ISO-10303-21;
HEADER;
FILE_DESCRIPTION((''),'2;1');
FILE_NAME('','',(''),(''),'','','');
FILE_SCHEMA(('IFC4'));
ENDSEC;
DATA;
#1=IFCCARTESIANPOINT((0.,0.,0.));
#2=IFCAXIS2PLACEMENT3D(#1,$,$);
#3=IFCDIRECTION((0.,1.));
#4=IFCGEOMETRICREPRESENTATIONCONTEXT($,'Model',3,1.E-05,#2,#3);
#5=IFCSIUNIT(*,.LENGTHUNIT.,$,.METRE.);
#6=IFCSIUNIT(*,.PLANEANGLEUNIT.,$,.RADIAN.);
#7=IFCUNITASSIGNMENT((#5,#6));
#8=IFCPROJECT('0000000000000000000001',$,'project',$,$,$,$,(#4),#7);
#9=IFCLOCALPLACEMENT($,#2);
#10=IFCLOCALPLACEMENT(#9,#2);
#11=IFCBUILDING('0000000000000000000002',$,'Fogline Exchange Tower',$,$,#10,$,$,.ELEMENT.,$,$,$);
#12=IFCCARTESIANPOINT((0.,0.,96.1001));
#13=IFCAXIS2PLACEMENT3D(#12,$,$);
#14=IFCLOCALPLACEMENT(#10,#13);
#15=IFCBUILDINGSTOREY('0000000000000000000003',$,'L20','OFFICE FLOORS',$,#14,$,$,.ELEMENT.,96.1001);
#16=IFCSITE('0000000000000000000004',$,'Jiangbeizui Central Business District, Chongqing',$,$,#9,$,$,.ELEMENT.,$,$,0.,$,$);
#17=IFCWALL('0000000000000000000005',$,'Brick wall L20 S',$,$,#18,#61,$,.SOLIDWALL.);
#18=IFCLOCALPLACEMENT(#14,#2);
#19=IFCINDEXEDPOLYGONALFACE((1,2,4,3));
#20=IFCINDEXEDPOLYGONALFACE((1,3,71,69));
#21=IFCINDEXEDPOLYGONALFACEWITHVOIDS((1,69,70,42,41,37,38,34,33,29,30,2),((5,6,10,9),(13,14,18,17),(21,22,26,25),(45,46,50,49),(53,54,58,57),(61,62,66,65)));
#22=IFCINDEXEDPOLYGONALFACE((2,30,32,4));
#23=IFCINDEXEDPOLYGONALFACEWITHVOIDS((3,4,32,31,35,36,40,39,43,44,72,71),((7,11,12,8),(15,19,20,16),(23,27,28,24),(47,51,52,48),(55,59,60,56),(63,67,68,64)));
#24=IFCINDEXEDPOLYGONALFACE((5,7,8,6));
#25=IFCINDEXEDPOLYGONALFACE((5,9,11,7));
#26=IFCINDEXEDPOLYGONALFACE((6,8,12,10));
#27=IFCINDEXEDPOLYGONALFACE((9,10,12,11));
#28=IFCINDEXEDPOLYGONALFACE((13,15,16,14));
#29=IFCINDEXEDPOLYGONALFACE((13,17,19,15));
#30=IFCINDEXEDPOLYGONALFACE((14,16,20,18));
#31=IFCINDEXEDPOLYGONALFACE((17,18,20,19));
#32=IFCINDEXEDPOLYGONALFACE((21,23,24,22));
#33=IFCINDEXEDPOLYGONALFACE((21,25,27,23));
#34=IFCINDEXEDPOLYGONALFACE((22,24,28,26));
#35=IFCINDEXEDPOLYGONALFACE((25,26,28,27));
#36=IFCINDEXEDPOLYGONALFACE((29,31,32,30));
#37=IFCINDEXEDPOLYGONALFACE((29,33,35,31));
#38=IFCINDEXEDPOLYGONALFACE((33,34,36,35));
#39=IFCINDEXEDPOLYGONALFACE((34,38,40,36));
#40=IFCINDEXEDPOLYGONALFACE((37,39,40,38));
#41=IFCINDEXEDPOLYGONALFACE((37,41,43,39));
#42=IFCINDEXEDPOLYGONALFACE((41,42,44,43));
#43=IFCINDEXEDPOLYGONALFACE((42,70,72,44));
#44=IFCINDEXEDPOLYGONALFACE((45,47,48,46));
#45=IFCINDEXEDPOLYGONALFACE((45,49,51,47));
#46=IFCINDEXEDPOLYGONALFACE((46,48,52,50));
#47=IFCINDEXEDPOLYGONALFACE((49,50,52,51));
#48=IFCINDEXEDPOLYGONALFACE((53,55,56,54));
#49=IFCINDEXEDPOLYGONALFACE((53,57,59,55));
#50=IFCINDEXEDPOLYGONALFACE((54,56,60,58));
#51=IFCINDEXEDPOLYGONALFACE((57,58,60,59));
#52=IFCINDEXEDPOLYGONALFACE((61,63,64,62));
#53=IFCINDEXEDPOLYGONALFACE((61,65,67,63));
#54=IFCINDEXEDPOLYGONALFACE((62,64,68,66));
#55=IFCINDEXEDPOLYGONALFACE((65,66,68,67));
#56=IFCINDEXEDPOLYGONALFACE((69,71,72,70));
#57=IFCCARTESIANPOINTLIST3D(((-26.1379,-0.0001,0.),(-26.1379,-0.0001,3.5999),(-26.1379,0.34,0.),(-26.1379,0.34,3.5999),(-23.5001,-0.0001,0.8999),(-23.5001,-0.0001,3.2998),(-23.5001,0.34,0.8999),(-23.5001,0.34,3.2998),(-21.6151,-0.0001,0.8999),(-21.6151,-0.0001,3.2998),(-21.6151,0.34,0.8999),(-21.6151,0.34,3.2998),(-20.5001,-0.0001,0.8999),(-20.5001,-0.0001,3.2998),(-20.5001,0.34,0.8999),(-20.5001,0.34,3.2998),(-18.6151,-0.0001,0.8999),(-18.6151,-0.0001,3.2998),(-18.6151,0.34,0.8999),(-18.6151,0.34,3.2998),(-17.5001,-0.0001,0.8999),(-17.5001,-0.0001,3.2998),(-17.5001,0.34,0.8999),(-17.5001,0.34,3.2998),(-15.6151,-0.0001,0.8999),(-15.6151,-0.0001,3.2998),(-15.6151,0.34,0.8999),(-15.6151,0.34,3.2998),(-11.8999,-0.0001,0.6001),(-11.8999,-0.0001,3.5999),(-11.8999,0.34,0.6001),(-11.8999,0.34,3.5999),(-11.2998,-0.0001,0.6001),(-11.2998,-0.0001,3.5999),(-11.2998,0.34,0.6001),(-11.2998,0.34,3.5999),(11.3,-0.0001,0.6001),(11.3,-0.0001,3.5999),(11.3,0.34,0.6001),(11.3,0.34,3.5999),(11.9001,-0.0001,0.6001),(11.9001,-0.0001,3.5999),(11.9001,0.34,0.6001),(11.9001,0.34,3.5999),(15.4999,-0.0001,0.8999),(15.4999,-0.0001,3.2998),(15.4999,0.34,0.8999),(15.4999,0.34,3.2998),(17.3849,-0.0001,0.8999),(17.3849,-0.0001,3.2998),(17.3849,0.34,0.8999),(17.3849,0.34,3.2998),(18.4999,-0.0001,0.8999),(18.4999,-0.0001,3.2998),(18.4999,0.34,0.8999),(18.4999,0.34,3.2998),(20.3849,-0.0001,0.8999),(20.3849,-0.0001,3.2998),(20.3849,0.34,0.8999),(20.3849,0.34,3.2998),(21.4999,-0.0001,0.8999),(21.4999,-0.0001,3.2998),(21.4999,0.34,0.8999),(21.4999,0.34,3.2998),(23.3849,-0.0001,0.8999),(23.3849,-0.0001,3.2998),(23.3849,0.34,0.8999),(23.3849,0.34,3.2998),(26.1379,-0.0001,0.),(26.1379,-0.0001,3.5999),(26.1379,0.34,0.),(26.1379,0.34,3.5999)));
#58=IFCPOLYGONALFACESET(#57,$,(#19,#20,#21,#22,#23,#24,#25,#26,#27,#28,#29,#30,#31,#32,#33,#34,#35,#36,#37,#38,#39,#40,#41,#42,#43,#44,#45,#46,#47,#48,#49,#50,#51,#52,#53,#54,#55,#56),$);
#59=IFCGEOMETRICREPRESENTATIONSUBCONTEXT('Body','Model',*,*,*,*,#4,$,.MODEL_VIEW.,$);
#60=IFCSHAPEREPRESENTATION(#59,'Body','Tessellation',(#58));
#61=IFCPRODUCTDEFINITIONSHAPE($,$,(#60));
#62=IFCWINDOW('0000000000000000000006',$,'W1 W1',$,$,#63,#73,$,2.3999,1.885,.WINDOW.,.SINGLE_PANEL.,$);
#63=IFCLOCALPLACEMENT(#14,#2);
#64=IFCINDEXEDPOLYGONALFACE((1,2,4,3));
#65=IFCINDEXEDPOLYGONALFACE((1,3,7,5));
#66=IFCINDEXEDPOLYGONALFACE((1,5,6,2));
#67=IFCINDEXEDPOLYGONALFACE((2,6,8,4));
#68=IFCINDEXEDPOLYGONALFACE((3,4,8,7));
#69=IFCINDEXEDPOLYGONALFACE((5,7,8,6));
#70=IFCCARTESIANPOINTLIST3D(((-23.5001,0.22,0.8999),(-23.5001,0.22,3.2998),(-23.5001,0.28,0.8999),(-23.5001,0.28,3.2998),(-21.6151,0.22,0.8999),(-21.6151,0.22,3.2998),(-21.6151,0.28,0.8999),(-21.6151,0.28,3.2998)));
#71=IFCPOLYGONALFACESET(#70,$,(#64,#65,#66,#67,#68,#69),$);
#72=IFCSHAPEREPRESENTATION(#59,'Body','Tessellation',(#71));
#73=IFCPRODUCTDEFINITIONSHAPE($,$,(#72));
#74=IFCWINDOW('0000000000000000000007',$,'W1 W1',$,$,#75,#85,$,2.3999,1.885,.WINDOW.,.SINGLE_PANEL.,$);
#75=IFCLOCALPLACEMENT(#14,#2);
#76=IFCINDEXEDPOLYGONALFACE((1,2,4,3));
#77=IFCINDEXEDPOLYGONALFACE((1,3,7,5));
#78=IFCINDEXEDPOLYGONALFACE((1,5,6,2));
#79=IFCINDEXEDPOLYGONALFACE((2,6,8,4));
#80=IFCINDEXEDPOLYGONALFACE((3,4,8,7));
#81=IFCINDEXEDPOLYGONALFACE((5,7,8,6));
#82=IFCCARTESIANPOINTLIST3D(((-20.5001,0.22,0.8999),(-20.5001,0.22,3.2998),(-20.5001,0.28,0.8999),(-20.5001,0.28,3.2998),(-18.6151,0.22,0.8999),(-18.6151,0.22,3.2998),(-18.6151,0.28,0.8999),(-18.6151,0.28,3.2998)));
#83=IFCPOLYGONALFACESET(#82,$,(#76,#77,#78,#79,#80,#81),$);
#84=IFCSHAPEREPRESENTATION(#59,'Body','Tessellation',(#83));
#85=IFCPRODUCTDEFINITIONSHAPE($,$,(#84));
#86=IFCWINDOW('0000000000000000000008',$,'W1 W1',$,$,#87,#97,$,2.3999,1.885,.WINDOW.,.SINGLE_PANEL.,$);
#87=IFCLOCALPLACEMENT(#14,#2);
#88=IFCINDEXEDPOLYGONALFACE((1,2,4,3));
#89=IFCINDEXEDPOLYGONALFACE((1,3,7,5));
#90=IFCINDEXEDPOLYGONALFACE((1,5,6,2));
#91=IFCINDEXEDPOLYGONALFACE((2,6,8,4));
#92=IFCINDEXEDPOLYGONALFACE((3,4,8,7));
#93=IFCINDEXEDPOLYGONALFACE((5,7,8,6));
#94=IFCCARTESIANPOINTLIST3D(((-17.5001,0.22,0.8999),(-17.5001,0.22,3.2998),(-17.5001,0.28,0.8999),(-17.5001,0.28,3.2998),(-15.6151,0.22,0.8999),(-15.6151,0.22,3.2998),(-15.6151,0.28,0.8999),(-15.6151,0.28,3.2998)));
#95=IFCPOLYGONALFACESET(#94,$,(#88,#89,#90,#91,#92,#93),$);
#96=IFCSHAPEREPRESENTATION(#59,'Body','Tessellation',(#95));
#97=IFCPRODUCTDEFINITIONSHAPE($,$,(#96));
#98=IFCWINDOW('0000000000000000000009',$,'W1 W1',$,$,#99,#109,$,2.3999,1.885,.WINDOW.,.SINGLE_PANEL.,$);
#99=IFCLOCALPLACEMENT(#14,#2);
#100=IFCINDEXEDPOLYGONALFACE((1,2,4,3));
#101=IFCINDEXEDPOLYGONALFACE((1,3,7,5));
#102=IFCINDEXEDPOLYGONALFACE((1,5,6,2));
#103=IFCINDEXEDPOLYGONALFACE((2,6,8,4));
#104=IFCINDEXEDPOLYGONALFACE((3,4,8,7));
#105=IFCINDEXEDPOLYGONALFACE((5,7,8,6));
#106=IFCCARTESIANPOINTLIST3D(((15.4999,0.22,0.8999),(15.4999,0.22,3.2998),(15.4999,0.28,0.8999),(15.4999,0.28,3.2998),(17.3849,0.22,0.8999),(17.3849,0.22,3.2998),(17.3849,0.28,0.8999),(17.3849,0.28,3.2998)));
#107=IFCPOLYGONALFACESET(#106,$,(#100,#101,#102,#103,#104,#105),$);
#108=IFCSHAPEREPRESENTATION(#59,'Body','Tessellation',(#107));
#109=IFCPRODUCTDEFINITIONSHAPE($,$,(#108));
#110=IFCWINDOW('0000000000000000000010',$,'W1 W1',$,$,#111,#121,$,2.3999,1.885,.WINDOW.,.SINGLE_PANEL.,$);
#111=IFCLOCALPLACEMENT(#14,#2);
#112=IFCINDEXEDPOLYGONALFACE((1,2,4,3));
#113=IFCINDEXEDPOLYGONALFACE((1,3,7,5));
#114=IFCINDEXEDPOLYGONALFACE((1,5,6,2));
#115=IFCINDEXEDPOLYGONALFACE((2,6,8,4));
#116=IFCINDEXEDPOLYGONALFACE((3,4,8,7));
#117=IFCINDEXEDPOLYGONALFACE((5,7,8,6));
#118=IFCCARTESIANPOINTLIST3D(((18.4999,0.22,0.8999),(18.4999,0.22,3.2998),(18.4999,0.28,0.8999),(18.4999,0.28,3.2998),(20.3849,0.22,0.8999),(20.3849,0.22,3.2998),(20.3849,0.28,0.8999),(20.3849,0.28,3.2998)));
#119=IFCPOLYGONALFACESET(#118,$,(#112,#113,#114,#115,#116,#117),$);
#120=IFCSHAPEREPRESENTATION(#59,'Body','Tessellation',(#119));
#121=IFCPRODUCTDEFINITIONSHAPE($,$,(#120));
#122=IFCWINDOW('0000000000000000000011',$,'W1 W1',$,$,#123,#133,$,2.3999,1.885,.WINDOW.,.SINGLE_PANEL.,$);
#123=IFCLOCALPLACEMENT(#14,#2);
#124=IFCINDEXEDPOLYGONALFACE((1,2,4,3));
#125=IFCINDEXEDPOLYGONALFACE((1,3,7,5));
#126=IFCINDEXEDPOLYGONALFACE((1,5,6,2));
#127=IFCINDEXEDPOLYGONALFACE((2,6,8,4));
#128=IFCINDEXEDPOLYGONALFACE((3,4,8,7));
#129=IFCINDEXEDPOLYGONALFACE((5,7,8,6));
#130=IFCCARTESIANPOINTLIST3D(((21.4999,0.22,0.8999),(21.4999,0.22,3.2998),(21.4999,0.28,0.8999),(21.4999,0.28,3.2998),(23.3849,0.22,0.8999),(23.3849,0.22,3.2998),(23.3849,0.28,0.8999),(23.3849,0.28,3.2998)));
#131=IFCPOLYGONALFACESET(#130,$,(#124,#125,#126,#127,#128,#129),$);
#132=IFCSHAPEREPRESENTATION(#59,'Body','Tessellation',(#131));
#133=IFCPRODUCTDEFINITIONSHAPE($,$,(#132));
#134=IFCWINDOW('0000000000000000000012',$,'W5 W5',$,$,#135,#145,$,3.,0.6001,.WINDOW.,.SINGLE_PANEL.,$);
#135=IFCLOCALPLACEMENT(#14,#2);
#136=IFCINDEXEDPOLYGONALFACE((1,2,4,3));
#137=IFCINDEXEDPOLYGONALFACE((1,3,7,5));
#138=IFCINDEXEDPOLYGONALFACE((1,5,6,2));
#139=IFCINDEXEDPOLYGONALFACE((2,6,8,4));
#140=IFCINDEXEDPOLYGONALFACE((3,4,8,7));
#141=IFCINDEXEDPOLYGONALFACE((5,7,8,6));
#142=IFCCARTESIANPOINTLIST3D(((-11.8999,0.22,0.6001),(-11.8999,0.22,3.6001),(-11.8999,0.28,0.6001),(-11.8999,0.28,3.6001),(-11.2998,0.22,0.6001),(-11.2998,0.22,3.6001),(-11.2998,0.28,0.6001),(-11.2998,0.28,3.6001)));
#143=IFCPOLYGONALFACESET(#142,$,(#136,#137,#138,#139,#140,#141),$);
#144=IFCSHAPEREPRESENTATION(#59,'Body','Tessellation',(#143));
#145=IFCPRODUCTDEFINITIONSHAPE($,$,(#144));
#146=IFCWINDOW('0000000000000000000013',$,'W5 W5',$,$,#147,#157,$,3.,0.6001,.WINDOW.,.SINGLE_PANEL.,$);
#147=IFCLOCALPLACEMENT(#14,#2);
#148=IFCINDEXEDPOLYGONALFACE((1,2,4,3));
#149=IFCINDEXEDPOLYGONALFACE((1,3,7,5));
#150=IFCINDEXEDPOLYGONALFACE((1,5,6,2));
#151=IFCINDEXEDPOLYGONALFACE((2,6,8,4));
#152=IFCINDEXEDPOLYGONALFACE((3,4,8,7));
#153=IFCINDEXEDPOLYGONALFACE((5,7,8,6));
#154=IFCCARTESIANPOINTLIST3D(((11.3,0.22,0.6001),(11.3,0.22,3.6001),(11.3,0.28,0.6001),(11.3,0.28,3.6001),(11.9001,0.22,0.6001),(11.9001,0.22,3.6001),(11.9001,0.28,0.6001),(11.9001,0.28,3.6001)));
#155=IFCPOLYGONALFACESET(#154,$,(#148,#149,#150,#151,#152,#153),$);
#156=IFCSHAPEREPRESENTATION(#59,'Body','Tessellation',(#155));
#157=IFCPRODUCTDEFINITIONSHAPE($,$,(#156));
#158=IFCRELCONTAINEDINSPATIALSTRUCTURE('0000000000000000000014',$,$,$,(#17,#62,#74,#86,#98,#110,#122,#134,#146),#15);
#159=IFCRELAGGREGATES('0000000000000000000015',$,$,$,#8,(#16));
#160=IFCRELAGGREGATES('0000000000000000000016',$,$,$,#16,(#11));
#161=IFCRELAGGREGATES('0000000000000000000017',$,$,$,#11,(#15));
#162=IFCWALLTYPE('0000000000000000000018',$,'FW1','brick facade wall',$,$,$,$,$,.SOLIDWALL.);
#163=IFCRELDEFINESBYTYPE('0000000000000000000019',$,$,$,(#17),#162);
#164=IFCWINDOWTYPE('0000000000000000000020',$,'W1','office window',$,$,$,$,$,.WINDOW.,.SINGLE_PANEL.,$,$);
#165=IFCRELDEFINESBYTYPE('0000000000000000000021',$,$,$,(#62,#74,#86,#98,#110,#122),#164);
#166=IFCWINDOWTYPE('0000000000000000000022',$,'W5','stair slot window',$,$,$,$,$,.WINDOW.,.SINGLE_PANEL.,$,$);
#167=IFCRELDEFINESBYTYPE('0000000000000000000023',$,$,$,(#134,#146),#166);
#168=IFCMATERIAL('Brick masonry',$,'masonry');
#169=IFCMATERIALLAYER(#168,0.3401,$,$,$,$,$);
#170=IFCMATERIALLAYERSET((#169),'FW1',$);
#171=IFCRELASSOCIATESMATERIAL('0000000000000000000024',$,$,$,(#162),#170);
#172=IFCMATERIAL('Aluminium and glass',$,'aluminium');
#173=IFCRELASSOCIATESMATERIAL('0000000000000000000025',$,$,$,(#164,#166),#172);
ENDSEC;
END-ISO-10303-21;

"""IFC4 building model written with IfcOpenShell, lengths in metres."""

from ifc_helpers import new_model, si_unit, direction, frame, frame_2d, origin, place, context, subcontext, project, spatial, rectangle, extrude, material, layer, layer_set, type_object, element, fill, save


model = new_model("IFC4")

# Units and contexts
model_context = context("Model", 3, precision=1e-05, world=origin(), true_north=direction((0.0, 1.0)))
body_context = subcontext(model_context, "Body", "Model", "MODEL_VIEW")
ifc_project = project(units=[si_unit("LENGTHUNIT", "METRE"), si_unit("PLANEANGLEUNIT", "RADIAN")], contexts=[model_context])

# Site, building, storey
site_placement = place(None, origin())
site = spatial("IfcSite", under=ifc_project, at=site_placement, Name="Jiangbeizui Central Business District, Chongqing", CompositionType="ELEMENT", RefElevation=0.0)
building_placement = place(site_placement, origin())
building = spatial("IfcBuilding", under=site, at=building_placement, Name="Fogline Exchange Tower", CompositionType="ELEMENT")
storey_placement = place(building_placement, frame((0.0, 0.0, 96.1001)))
storey = spatial("IfcBuildingStorey", under=building, at=storey_placement, Name="L20", Description="OFFICE FLOORS", CompositionType="ELEMENT", Elevation=96.1001)

# Shared definitions
ifc_material_1 = material(Name="Brick masonry", Category="masonry")
ifc_layer = layer(ifc_material_1, 0.3401)
ifc_layer_set = layer_set([ifc_layer], Name="FW1")
wall_type = type_object("IfcWallType", Name="FW1", Description="brick facade wall", PredefinedType="SOLIDWALL", material=ifc_layer_set)
ifc_material_2 = material(Name="Aluminium and glass", Category="aluminium")

# Wall, openings, windows
wall_1_placement = place(storey_placement, frame((-26.1379, 0.1699, 0.0), z_axis=(0.0, 0.0, 1.0), x_axis=(1.0, 0.0, 0.0)))
wall_1 = element("IfcWall", 1, at=wall_1_placement, inside=storey, type_object=wall_type, Name="Brick wall L20 S", PredefinedType="SOLIDWALL", context=body_context, shape_type="SweptSolid", body=[
    extrude(rectangle(XDim=52.2759, YDim=0.3401, at=frame_2d((26.1379, 0.0))), origin(), (0.0, 0.0, 1.0), 3.5999),
])
opening_1_placement = place(wall_1_placement, frame((2.6379, 0.0, 0.8999)))
opening_1 = element("IfcOpeningElement", 2, at=opening_1_placement, cuts=wall_1, PredefinedType="OPENING", context=body_context, shape_type="SweptSolid", body=[
    extrude(rectangle(XDim=1.885, YDim=2.3999, at=frame_2d((0.9424, 1.2))), frame((0.0, 0.1802, 0.0), z_axis=(0.0, -1.0, 0.0), x_axis=(1.0, 0.0, 0.0)), (0.0, 0.0, 1.0), 0.3601),
])
opening_2_placement = place(wall_1_placement, frame((5.6379, 0.0, 0.8999)))
opening_2 = element("IfcOpeningElement", 3, at=opening_2_placement, cuts=wall_1, PredefinedType="OPENING", context=body_context, shape_type="SweptSolid", body=[
    extrude(rectangle(XDim=1.885, YDim=2.3999, at=frame_2d((0.9424, 1.2))), frame((0.0, 0.1802, 0.0), z_axis=(0.0, -1.0, 0.0), x_axis=(1.0, 0.0, 0.0)), (0.0, 0.0, 1.0), 0.3601),
])
opening_3_placement = place(wall_1_placement, frame((8.6379, 0.0, 0.8999)))
opening_3 = element("IfcOpeningElement", 4, at=opening_3_placement, cuts=wall_1, PredefinedType="OPENING", context=body_context, shape_type="SweptSolid", body=[
    extrude(rectangle(XDim=1.885, YDim=2.3999, at=frame_2d((0.9424, 1.2))), frame((0.0, 0.1802, 0.0), z_axis=(0.0, -1.0, 0.0), x_axis=(1.0, 0.0, 0.0)), (0.0, 0.0, 1.0), 0.3601),
])
opening_4_placement = place(wall_1_placement, frame((41.6379, 0.0, 0.8999)))
opening_4 = element("IfcOpeningElement", 5, at=opening_4_placement, cuts=wall_1, PredefinedType="OPENING", context=body_context, shape_type="SweptSolid", body=[
    extrude(rectangle(XDim=1.885, YDim=2.3999, at=frame_2d((0.9424, 1.2))), frame((0.0, 0.1802, 0.0), z_axis=(0.0, -1.0, 0.0), x_axis=(1.0, 0.0, 0.0)), (0.0, 0.0, 1.0), 0.3601),
])
opening_5_placement = place(wall_1_placement, frame((44.6379, 0.0, 0.8999)))
opening_5 = element("IfcOpeningElement", 6, at=opening_5_placement, cuts=wall_1, PredefinedType="OPENING", context=body_context, shape_type="SweptSolid", body=[
    extrude(rectangle(XDim=1.885, YDim=2.3999, at=frame_2d((0.9424, 1.2))), frame((0.0, 0.1802, 0.0), z_axis=(0.0, -1.0, 0.0), x_axis=(1.0, 0.0, 0.0)), (0.0, 0.0, 1.0), 0.3601),
])
opening_6_placement = place(wall_1_placement, frame((47.6379, 0.0, 0.8999)))
opening_6 = element("IfcOpeningElement", 7, at=opening_6_placement, cuts=wall_1, PredefinedType="OPENING", context=body_context, shape_type="SweptSolid", body=[
    extrude(rectangle(XDim=1.885, YDim=2.3999, at=frame_2d((0.9424, 1.2))), frame((0.0, 0.1802, 0.0), z_axis=(0.0, -1.0, 0.0), x_axis=(1.0, 0.0, 0.0)), (0.0, 0.0, 1.0), 0.3601),
])
opening_7_placement = place(wall_1_placement, frame((14.238, 0.0, 0.6001)))
opening_7 = element("IfcOpeningElement", 8, at=opening_7_placement, cuts=wall_1, PredefinedType="OPENING", context=body_context, shape_type="SweptSolid", body=[
    extrude(rectangle(XDim=0.6001, YDim=3.0, at=frame_2d((0.3, 1.5))), frame((0.0, 0.1802, 0.0), z_axis=(0.0, -1.0, 0.0), x_axis=(1.0, 0.0, 0.0)), (0.0, 0.0, 1.0), 0.3601),
])
opening_8_placement = place(wall_1_placement, frame((37.438, 0.0, 0.6001)))
opening_8 = element("IfcOpeningElement", 9, at=opening_8_placement, cuts=wall_1, PredefinedType="OPENING", context=body_context, shape_type="SweptSolid", body=[
    extrude(rectangle(XDim=0.6001, YDim=3.0, at=frame_2d((0.3, 1.5))), frame((0.0, 0.1802, 0.0), z_axis=(0.0, -1.0, 0.0), x_axis=(1.0, 0.0, 0.0)), (0.0, 0.0, 1.0), 0.3601),
])
window_type_1 = type_object("IfcWindowType", Name="W1", Description="office window", PartitioningType="SINGLE_PANEL", PredefinedType="WINDOW", material=ifc_material_2)
window_1_placement = place(opening_1_placement, origin())
window_1 = element("IfcWindow", 10, at=window_1_placement, inside=storey, type_object=window_type_1, Name="W1 W1", OverallHeight=2.3999, OverallWidth=1.885, PartitioningType="SINGLE_PANEL", PredefinedType="WINDOW", context=body_context, shape_type="SweptSolid", body=[
    extrude(rectangle(XDim=1.885, YDim=2.3999, at=frame_2d((0.9424, 1.2))), frame((0.0, 0.1101, 0.0), z_axis=(0.0, -1.0, 0.0), x_axis=(1.0, 0.0, 0.0)), (0.0, 0.0, 1.0), 0.0601),
])
fill(opening_1, window_1)
window_2_placement = place(opening_2_placement, origin())
window_2 = element("IfcWindow", 11, at=window_2_placement, inside=storey, type_object=window_type_1, Name="W1 W1", OverallHeight=2.3999, OverallWidth=1.885, PartitioningType="SINGLE_PANEL", PredefinedType="WINDOW", context=body_context, shape_type="SweptSolid", body=[
    extrude(rectangle(XDim=1.885, YDim=2.3999, at=frame_2d((0.9424, 1.2))), frame((0.0, 0.1101, 0.0), z_axis=(0.0, -1.0, 0.0), x_axis=(1.0, 0.0, 0.0)), (0.0, 0.0, 1.0), 0.0601),
])
fill(opening_2, window_2)
window_3_placement = place(opening_3_placement, origin())
window_3 = element("IfcWindow", 12, at=window_3_placement, inside=storey, type_object=window_type_1, Name="W1 W1", OverallHeight=2.3999, OverallWidth=1.885, PartitioningType="SINGLE_PANEL", PredefinedType="WINDOW", context=body_context, shape_type="SweptSolid", body=[
    extrude(rectangle(XDim=1.885, YDim=2.3999, at=frame_2d((0.9424, 1.2))), frame((0.0, 0.1101, 0.0), z_axis=(0.0, -1.0, 0.0), x_axis=(1.0, 0.0, 0.0)), (0.0, 0.0, 1.0), 0.0601),
])
fill(opening_3, window_3)
window_4_placement = place(opening_4_placement, origin())
window_4 = element("IfcWindow", 13, at=window_4_placement, inside=storey, type_object=window_type_1, Name="W1 W1", OverallHeight=2.3999, OverallWidth=1.885, PartitioningType="SINGLE_PANEL", PredefinedType="WINDOW", context=body_context, shape_type="SweptSolid", body=[
    extrude(rectangle(XDim=1.885, YDim=2.3999, at=frame_2d((0.9424, 1.2))), frame((0.0, 0.1101, 0.0), z_axis=(0.0, -1.0, 0.0), x_axis=(1.0, 0.0, 0.0)), (0.0, 0.0, 1.0), 0.0601),
])
fill(opening_4, window_4)
window_5_placement = place(opening_5_placement, origin())
window_5 = element("IfcWindow", 14, at=window_5_placement, inside=storey, type_object=window_type_1, Name="W1 W1", OverallHeight=2.3999, OverallWidth=1.885, PartitioningType="SINGLE_PANEL", PredefinedType="WINDOW", context=body_context, shape_type="SweptSolid", body=[
    extrude(rectangle(XDim=1.885, YDim=2.3999, at=frame_2d((0.9424, 1.2))), frame((0.0, 0.1101, 0.0), z_axis=(0.0, -1.0, 0.0), x_axis=(1.0, 0.0, 0.0)), (0.0, 0.0, 1.0), 0.0601),
])
fill(opening_5, window_5)
window_6_placement = place(opening_6_placement, origin())
window_6 = element("IfcWindow", 15, at=window_6_placement, inside=storey, type_object=window_type_1, Name="W1 W1", OverallHeight=2.3999, OverallWidth=1.885, PartitioningType="SINGLE_PANEL", PredefinedType="WINDOW", context=body_context, shape_type="SweptSolid", body=[
    extrude(rectangle(XDim=1.885, YDim=2.3999, at=frame_2d((0.9424, 1.2))), frame((0.0, 0.1101, 0.0), z_axis=(0.0, -1.0, 0.0), x_axis=(1.0, 0.0, 0.0)), (0.0, 0.0, 1.0), 0.0601),
])
fill(opening_6, window_6)
window_type_2 = type_object("IfcWindowType", Name="W5", Description="stair slot window", PartitioningType="SINGLE_PANEL", PredefinedType="WINDOW", material=ifc_material_2)
window_7_placement = place(opening_7_placement, origin())
window_7 = element("IfcWindow", 16, at=window_7_placement, inside=storey, type_object=window_type_2, Name="W5 W5", OverallHeight=3.0, OverallWidth=0.6001, PartitioningType="SINGLE_PANEL", PredefinedType="WINDOW", context=body_context, shape_type="SweptSolid", body=[
    extrude(rectangle(XDim=0.6001, YDim=3.0, at=frame_2d((0.3, 1.5))), frame((0.0, 0.1101, 0.0), z_axis=(0.0, -1.0, 0.0), x_axis=(1.0, 0.0, 0.0)), (0.0, 0.0, 1.0), 0.0601),
])
fill(opening_7, window_7)
window_8_placement = place(opening_8_placement, origin())
window_8 = element("IfcWindow", 17, at=window_8_placement, inside=storey, type_object=window_type_2, Name="W5 W5", OverallHeight=3.0, OverallWidth=0.6001, PartitioningType="SINGLE_PANEL", PredefinedType="WINDOW", context=body_context, shape_type="SweptSolid", body=[
    extrude(rectangle(XDim=0.6001, YDim=3.0, at=frame_2d((0.3, 1.5))), frame((0.0, 0.1101, 0.0), z_axis=(0.0, -1.0, 0.0), x_axis=(1.0, 0.0, 0.0)), (0.0, 0.0, 1.0), 0.0601),
])
fill(opening_8, window_8)

save(model, "model.ifc")
